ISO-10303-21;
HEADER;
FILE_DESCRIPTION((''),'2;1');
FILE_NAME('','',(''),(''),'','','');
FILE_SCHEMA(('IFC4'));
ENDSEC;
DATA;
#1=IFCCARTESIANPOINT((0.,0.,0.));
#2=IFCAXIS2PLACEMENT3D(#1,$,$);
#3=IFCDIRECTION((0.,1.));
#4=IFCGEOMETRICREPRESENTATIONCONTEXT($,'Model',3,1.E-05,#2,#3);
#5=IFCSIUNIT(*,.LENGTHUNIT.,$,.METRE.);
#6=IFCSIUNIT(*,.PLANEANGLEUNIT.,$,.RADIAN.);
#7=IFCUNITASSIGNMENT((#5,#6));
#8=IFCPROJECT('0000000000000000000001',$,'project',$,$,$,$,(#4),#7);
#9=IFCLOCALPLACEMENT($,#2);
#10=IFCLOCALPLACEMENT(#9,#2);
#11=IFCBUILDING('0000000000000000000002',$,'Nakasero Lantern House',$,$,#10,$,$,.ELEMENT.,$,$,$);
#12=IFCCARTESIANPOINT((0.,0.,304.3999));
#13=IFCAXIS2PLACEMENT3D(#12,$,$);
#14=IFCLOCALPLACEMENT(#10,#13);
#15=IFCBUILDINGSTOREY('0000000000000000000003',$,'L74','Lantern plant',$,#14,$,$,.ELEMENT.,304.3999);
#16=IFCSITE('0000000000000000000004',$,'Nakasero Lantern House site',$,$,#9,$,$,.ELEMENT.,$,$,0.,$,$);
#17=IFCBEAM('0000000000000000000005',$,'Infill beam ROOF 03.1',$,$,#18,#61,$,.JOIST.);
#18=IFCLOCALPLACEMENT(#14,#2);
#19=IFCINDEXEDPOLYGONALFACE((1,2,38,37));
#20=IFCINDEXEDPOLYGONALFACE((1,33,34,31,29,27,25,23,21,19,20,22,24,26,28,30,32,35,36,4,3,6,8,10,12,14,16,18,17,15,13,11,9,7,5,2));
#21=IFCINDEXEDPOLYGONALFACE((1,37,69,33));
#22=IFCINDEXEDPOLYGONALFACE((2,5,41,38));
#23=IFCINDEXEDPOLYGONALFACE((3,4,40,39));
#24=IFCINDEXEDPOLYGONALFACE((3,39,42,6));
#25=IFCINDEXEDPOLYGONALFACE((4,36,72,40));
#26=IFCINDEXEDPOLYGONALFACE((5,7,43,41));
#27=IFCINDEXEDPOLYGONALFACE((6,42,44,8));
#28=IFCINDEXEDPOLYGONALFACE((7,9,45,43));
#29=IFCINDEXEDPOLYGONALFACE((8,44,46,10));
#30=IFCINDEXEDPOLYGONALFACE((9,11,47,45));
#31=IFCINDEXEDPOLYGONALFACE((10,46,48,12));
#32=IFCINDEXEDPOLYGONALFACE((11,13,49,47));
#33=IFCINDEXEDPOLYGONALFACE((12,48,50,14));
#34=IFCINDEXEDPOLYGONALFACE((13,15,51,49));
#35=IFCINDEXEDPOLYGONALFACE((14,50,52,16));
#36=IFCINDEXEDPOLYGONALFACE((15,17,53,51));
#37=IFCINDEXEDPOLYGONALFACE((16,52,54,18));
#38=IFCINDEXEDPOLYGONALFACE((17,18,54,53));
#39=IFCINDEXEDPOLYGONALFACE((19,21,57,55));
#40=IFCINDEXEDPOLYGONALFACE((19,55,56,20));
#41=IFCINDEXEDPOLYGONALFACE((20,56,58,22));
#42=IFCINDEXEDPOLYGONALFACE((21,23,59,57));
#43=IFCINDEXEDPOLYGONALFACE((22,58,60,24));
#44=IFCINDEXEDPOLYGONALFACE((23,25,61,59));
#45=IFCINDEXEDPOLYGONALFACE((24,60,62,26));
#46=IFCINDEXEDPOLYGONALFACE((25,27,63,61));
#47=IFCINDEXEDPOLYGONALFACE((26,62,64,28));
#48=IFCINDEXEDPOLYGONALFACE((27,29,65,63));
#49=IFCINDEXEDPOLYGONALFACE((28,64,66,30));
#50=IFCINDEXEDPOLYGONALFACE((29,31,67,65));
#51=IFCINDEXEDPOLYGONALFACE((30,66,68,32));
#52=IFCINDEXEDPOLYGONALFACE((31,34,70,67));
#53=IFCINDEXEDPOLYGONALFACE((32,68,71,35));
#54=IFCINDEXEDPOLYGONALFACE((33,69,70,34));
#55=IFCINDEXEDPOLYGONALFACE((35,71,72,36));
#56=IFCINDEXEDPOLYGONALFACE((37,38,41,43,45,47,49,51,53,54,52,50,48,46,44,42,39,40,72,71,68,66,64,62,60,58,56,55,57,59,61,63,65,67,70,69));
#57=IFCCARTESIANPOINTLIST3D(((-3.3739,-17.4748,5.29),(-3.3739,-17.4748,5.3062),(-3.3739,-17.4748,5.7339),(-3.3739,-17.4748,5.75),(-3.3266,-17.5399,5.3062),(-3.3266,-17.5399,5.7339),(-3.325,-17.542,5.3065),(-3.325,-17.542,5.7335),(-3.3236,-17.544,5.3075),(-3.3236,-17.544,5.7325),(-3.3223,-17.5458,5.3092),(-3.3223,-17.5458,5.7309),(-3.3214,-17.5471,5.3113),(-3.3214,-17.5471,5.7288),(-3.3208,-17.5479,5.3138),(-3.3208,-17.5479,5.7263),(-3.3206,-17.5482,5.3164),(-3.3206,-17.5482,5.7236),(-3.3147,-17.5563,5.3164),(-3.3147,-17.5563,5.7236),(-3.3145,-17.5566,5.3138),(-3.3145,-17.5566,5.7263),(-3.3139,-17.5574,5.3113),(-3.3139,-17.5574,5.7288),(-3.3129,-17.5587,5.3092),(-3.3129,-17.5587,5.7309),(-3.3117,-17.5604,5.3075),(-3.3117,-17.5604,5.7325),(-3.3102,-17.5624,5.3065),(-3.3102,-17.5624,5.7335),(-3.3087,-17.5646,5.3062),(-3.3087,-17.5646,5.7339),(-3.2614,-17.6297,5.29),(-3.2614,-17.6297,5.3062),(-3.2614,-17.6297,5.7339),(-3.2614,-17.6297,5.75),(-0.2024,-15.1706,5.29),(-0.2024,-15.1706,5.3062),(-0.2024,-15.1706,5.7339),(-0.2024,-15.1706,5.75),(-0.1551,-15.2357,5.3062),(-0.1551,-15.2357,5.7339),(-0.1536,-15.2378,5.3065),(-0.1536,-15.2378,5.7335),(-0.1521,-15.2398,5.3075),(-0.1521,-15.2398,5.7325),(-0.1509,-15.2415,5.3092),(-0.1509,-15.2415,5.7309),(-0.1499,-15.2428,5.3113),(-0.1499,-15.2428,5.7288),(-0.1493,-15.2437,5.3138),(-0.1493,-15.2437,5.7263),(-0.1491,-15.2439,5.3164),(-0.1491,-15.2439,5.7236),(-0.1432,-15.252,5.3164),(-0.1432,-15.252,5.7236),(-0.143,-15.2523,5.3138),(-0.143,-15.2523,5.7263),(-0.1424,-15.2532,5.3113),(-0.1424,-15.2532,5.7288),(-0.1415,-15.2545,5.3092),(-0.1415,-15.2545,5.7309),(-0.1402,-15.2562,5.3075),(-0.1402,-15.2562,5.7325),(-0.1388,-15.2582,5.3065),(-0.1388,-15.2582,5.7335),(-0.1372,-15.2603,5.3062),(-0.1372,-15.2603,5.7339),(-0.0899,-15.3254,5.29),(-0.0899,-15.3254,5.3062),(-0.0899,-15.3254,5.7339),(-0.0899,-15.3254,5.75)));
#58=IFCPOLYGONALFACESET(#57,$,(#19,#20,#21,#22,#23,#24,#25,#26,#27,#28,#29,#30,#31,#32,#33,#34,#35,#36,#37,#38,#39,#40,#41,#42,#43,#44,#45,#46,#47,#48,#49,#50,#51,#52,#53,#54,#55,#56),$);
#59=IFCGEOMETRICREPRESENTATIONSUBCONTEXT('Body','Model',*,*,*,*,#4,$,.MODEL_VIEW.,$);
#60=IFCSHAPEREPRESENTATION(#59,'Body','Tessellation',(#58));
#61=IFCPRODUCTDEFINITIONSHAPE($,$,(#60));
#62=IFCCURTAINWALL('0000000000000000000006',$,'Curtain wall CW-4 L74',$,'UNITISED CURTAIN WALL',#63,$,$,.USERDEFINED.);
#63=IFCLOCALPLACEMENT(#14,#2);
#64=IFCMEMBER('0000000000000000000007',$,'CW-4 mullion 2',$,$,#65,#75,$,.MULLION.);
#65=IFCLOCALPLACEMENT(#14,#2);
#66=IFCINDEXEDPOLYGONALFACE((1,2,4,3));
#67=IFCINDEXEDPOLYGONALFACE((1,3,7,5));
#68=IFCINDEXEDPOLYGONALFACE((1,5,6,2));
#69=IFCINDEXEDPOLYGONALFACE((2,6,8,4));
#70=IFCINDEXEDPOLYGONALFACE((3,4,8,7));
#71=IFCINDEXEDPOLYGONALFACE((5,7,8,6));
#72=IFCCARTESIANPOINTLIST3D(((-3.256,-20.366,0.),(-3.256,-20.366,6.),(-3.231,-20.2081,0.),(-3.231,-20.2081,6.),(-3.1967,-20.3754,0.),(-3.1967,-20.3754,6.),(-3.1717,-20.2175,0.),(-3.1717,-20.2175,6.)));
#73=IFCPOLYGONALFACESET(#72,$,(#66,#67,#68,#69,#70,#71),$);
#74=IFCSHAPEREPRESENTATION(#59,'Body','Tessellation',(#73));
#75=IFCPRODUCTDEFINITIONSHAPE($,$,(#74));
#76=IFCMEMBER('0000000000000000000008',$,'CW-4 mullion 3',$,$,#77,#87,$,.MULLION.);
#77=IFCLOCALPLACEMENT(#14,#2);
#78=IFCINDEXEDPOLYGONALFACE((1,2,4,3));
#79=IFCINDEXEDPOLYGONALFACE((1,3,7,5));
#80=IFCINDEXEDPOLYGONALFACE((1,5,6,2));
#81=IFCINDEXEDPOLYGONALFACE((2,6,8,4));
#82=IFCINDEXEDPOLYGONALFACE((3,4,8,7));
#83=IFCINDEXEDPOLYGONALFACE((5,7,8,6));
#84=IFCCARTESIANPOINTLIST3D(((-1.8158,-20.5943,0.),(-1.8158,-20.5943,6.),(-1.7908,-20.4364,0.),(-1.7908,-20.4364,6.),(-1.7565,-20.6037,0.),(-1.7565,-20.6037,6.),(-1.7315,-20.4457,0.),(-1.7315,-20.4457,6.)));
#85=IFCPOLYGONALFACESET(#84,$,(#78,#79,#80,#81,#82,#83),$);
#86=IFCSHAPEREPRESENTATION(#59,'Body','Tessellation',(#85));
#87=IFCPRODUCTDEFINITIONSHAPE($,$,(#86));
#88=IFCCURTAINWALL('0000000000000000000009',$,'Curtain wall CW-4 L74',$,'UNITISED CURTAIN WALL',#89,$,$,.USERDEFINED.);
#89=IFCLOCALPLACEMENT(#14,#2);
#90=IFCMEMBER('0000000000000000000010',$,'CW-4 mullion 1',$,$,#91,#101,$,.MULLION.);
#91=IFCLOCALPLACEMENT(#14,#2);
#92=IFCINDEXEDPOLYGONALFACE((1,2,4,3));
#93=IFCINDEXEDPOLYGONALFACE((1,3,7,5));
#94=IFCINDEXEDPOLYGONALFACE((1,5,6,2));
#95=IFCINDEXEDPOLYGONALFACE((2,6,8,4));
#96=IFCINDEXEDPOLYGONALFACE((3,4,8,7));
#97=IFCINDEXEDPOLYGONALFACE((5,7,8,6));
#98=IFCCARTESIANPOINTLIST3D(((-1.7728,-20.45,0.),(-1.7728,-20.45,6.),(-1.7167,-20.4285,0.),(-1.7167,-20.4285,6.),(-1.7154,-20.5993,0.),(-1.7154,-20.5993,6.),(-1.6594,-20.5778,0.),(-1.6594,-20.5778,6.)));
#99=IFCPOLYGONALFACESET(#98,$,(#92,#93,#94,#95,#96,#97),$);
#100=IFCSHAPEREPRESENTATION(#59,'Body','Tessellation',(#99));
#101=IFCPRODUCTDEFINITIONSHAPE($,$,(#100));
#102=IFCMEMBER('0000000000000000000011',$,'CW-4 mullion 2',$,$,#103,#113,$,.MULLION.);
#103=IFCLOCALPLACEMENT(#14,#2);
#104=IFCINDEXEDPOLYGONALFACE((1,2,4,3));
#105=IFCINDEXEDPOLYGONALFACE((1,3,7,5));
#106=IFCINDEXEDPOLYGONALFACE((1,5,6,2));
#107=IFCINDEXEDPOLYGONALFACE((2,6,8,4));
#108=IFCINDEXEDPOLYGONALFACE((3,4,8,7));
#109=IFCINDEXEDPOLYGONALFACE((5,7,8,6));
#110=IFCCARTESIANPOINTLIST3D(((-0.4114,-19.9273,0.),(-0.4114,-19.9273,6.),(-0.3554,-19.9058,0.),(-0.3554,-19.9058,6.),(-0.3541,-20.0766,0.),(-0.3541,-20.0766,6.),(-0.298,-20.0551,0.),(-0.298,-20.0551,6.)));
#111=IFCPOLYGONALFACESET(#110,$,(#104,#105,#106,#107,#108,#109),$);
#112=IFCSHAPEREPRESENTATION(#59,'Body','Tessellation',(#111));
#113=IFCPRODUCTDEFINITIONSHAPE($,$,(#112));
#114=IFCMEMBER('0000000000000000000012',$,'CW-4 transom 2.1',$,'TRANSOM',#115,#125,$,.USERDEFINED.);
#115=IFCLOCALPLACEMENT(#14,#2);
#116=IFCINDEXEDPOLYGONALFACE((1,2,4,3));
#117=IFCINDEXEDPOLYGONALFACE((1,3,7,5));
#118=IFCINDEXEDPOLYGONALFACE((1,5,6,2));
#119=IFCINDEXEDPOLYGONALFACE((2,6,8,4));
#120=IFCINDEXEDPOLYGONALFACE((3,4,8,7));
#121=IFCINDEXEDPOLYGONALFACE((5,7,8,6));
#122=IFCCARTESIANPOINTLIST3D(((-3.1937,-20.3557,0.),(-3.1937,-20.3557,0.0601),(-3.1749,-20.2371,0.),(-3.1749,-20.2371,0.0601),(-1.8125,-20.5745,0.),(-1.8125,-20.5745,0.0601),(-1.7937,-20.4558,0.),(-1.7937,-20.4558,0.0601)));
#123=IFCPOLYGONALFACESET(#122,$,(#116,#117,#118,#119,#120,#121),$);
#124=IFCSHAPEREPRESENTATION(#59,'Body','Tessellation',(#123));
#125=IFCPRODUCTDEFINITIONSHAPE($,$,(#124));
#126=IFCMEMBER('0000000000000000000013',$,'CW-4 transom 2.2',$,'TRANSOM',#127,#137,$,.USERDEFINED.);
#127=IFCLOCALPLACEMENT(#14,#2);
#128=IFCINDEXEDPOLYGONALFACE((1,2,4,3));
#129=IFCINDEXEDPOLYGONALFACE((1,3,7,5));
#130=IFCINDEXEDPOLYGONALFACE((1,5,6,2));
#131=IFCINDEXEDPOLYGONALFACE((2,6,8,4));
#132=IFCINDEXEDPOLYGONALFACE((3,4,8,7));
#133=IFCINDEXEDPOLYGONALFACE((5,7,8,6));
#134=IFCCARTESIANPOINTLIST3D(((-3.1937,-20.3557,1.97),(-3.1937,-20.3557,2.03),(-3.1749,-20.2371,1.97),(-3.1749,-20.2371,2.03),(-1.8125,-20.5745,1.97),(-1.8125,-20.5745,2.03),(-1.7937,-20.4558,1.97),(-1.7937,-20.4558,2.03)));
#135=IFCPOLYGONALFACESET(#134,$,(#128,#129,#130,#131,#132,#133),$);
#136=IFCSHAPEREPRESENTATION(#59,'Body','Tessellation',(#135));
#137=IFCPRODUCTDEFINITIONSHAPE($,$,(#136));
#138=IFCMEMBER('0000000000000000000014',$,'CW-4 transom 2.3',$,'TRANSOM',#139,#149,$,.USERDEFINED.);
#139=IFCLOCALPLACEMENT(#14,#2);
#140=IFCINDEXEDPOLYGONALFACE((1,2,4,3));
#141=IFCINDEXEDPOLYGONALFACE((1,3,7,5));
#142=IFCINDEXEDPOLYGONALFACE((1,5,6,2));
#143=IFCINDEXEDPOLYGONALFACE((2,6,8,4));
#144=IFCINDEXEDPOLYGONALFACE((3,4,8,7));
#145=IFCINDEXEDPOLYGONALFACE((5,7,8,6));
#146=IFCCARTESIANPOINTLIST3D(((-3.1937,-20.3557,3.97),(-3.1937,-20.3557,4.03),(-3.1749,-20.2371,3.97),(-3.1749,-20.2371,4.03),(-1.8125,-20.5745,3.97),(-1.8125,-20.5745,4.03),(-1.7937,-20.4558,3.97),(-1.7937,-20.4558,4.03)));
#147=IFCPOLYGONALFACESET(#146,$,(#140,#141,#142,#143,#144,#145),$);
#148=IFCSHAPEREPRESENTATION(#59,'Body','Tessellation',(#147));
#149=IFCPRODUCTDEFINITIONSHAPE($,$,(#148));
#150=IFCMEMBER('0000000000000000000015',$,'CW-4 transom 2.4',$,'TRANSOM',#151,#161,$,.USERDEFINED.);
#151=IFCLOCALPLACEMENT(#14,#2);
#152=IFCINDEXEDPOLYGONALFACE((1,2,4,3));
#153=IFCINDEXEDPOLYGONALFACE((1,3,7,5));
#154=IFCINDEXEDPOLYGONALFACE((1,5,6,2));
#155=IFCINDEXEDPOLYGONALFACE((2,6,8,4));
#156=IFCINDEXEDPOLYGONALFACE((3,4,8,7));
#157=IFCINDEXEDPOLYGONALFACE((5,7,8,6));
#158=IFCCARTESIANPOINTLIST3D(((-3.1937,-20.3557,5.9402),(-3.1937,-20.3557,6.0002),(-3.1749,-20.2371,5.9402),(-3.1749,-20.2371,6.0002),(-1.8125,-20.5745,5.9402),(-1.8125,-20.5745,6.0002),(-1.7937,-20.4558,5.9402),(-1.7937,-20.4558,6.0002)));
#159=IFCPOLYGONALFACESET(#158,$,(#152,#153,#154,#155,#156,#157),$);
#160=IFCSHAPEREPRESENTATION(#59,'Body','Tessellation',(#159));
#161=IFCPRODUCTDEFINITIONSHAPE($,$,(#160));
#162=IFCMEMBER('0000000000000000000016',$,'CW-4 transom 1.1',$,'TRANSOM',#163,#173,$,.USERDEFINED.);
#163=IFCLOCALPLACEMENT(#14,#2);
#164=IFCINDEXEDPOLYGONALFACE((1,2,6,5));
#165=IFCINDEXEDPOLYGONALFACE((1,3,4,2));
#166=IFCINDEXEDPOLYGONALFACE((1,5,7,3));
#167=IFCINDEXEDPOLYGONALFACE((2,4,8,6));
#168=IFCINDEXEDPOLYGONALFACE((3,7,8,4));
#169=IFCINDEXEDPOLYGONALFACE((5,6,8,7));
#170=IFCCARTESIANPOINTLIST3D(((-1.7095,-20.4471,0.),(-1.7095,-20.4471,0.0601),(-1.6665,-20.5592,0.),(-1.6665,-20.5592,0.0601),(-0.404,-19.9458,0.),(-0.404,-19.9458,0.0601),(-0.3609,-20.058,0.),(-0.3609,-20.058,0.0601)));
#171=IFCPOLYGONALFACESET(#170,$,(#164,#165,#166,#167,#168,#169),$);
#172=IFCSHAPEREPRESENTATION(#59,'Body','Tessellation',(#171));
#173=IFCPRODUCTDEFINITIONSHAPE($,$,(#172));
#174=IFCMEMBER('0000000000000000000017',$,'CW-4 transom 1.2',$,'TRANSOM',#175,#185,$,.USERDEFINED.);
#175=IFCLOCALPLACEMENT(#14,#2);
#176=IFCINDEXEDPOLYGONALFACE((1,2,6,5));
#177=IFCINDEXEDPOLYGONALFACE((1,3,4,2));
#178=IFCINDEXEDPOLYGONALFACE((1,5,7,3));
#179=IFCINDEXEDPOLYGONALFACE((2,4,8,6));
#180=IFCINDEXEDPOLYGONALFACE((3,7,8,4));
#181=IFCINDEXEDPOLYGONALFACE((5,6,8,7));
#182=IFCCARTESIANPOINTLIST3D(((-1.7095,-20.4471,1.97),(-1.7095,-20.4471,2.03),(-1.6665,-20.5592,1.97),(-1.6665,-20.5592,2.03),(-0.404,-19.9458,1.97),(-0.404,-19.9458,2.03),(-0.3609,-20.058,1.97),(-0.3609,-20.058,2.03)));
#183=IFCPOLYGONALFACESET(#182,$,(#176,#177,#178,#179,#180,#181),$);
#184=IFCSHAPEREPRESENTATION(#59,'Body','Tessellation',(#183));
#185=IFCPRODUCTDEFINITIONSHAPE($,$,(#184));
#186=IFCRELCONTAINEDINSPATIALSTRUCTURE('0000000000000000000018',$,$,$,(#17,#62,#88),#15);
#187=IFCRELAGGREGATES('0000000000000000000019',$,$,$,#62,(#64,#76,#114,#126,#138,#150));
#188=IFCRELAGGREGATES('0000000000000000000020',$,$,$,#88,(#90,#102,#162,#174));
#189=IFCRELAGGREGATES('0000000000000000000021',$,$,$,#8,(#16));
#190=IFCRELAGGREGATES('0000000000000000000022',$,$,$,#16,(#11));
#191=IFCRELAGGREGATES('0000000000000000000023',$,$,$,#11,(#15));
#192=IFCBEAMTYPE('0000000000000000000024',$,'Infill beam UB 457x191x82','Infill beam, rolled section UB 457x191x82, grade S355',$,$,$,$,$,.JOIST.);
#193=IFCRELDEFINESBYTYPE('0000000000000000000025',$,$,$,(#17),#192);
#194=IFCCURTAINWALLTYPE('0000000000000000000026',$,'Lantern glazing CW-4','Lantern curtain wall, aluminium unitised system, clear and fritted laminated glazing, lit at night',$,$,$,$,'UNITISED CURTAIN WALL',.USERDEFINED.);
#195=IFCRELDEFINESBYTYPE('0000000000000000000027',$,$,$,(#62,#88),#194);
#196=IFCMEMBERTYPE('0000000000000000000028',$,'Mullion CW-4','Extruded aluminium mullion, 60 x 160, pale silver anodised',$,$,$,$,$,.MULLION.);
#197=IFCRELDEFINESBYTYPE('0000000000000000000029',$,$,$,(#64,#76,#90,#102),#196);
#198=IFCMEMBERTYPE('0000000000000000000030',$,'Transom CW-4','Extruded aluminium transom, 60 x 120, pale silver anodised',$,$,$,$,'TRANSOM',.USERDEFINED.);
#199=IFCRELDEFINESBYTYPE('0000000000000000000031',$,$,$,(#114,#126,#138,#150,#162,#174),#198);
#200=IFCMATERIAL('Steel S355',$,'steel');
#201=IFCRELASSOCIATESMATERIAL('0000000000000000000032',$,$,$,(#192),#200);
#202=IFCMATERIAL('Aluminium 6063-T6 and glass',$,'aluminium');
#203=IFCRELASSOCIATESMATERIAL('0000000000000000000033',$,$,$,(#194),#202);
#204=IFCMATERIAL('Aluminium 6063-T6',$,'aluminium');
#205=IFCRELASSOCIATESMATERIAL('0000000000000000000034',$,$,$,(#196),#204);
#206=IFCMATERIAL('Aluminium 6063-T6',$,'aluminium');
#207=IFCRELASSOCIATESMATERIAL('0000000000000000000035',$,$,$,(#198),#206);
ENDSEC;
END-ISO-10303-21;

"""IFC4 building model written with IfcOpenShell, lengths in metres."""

from ifc_helpers import new_model, si_unit, direction, frame, origin, origin_2d, place, context, subcontext, project, spatial, rectangle, i_section, extrude, material, material_profile, profile_set, type_object, element, aggregate, save


model = new_model("IFC4")

# Units and contexts
model_context = context("Model", 3, precision=1e-05, world=origin(), true_north=direction((0.0, 1.0)))
body_context = subcontext(model_context, "Body", "Model", "MODEL_VIEW")
ifc_project = project(units=[si_unit("LENGTHUNIT", "METRE"), si_unit("PLANEANGLEUNIT", "RADIAN")], contexts=[model_context])

# Site, building, storey
site_placement = place(None, origin())
site = spatial("IfcSite", under=ifc_project, at=site_placement, Name="Nakasero Lantern House site", CompositionType="ELEMENT", RefElevation=0.0)
building_placement = place(site_placement, origin())
building = spatial("IfcBuilding", under=site, at=building_placement, Name="Nakasero Lantern House", CompositionType="ELEMENT")
storey_placement = place(building_placement, frame((0.0, 0.0, 304.3999)))
storey = spatial("IfcBuildingStorey", under=building, at=storey_placement, Name="L74", Description="Lantern plant", CompositionType="ELEMENT", Elevation=304.3999)

# Beam
ifc_material_1 = material(Name="Steel S355", Category="steel")
ifc_material_profile_1 = material_profile(ifc_material_1, i_section(OverallWidth=0.1914, OverallDepth=0.46, WebThickness=0.01, FlangeThickness=0.0161, FilletRadius=0.0103, at=origin_2d()), Name="UB 457x191x82")
ifc_profile_set_1 = profile_set([ifc_material_profile_1], Name="Steel S355")
beam_type = type_object("IfcBeamType", Name="Infill beam UB 457x191x82", Description="Infill beam, rolled section UB 457x191x82, grade S355", PredefinedType="JOIST", material=ifc_profile_set_1)
beam_placement = place(storey_placement, frame((-3.3176, -17.5522, 5.52), z_axis=(0.809011, 0.587794, 0.0), x_axis=(-0.587794, 0.809011, 0.0)))
element("IfcBeam", 1, at=beam_placement, inside=storey, type_object=beam_type, Name="Infill beam ROOF 03.1", PredefinedType="JOIST", context=body_context, shape_type="SweptSolid", body=[
    extrude(i_section(OverallWidth=0.1914, OverallDepth=0.46, WebThickness=0.01, FlangeThickness=0.0161, FilletRadius=0.0103, at=origin_2d()), origin(), (0.0, 0.0, 1.0), 3.9202),
])

# Curtain walls, members
ifc_material_2 = material(Name="Aluminium 6063-T6 and glass", Category="aluminium")
curtain_wall_type = type_object("IfcCurtainWallType", Name="Lantern glazing CW-4", Description="Lantern curtain wall, aluminium unitised system, clear and fritted laminated glazing, lit at night", ElementType="UNITISED CURTAIN WALL", PredefinedType="USERDEFINED", material=ifc_material_2)
curtain_wall_1_placement = place(storey_placement, origin())
curtain_wall_1 = element("IfcCurtainWall", 2, at=curtain_wall_1_placement, inside=storey, type_object=curtain_wall_type, Name="Curtain wall CW-4 L74", ObjectType="UNITISED CURTAIN WALL", PredefinedType="USERDEFINED")
ifc_material_3 = material(Name="Aluminium 6063-T6", Category="aluminium")
ifc_material_profile_2 = material_profile(ifc_material_3, rectangle(XDim=0.0601, YDim=0.1599, at=origin_2d()), Name="CW-4 mullion 60x160")
ifc_profile_set_2 = profile_set([ifc_material_profile_2], Name="Aluminium 6063-T6")
member_type_1 = type_object("IfcMemberType", Name="Mullion CW-4", Description="Extruded aluminium mullion, 60 x 160, pale silver anodised", PredefinedType="MULLION", material=ifc_profile_set_2)
member_1_placement = place(storey_placement, frame((-3.2139, -20.2917, 0.0), z_axis=(0.0, 0.0, 1.0), x_axis=(0.987688, -0.156434, 0.0)))
member_1 = element("IfcMember", 3, at=member_1_placement, type_object=member_type_1, Name="CW-4 mullion 2", PredefinedType="MULLION", context=body_context, shape_type="SweptSolid", body=[
    extrude(rectangle(XDim=0.0601, YDim=0.1599, at=origin_2d()), origin(), (0.0, 0.0, 1.0), 6.0),
])
member_2_placement = place(storey_placement, frame((-1.7737, -20.52, 0.0), z_axis=(0.0, 0.0, 1.0), x_axis=(0.987688, -0.156434, 0.0)))
member_2 = element("IfcMember", 4, at=member_2_placement, type_object=member_type_1, Name="CW-4 mullion 3", PredefinedType="MULLION", context=body_context, shape_type="SweptSolid", body=[
    extrude(rectangle(XDim=0.0601, YDim=0.1599, at=origin_2d()), origin(), (0.0, 0.0, 1.0), 6.0),
])
curtain_wall_2_placement = place(storey_placement, origin())
curtain_wall_2 = element("IfcCurtainWall", 5, at=curtain_wall_2_placement, inside=storey, type_object=curtain_wall_type, Name="Curtain wall CW-4 L74", ObjectType="UNITISED CURTAIN WALL", PredefinedType="USERDEFINED")
member_3_placement = place(storey_placement, frame((-1.7161, -20.5139, 0.0), z_axis=(0.0, 0.0, 1.0), x_axis=(0.93358, 0.358368, 0.0)))
member_3 = element("IfcMember", 6, at=member_3_placement, type_object=member_type_1, Name="CW-4 mullion 1", PredefinedType="MULLION", context=body_context, shape_type="SweptSolid", body=[
    extrude(rectangle(XDim=0.0601, YDim=0.1599, at=origin_2d()), origin(), (0.0, 0.0, 1.0), 6.0),
])
member_4_placement = place(storey_placement, frame((-0.3547, -19.9912, 0.0), z_axis=(0.0, 0.0, 1.0), x_axis=(0.93358, 0.358368, 0.0)))
member_4 = element("IfcMember", 7, at=member_4_placement, type_object=member_type_1, Name="CW-4 mullion 2", PredefinedType="MULLION", context=body_context, shape_type="SweptSolid", body=[
    extrude(rectangle(XDim=0.0601, YDim=0.1599, at=origin_2d()), origin(), (0.0, 0.0, 1.0), 6.0),
])

# Members
ifc_material_4 = material(Name="Aluminium 6063-T6", Category="aluminium")
ifc_material_profile_3 = material_profile(ifc_material_4, rectangle(XDim=0.0601, YDim=0.1201, at=origin_2d()), Name="CW-4 transom 60x120")
ifc_profile_set_3 = profile_set([ifc_material_profile_3], Name="Aluminium 6063-T6")
member_type_2 = type_object("IfcMemberType", Name="Transom CW-4", Description="Extruded aluminium transom, 60 x 120, pale silver anodised", ElementType="TRANSOM", PredefinedType="USERDEFINED", material=ifc_profile_set_3)
member_5_placement = place(storey_placement, frame((-3.1843, -20.2964, 0.03), z_axis=(0.987688, -0.156438, 0.0), x_axis=(0.0, 0.0, 1.0)))
member_5 = element("IfcMember", 8, at=member_5_placement, type_object=member_type_2, Name="CW-4 transom 2.1", ObjectType="TRANSOM", PredefinedType="USERDEFINED", context=body_context, shape_type="SweptSolid", body=[
    extrude(rectangle(XDim=0.0601, YDim=0.1201, at=origin_2d()), origin(), (0.0, 0.0, 1.0), 1.3984),
])
member_6_placement = place(storey_placement, frame((-3.1843, -20.2964, 2.0), z_axis=(0.987688, -0.156438, 0.0), x_axis=(0.0, 0.0, 1.0)))
member_6 = element("IfcMember", 9, at=member_6_placement, type_object=member_type_2, Name="CW-4 transom 2.2", ObjectType="TRANSOM", PredefinedType="USERDEFINED", context=body_context, shape_type="SweptSolid", body=[
    extrude(rectangle(XDim=0.0601, YDim=0.1201, at=origin_2d()), origin(), (0.0, 0.0, 1.0), 1.3984),
])
member_7_placement = place(storey_placement, frame((-3.1843, -20.2964, 4.0), z_axis=(0.987688, -0.156438, 0.0), x_axis=(0.0, 0.0, 1.0)))
member_7 = element("IfcMember", 10, at=member_7_placement, type_object=member_type_2, Name="CW-4 transom 2.3", ObjectType="TRANSOM", PredefinedType="USERDEFINED", context=body_context, shape_type="SweptSolid", body=[
    extrude(rectangle(XDim=0.0601, YDim=0.1201, at=origin_2d()), origin(), (0.0, 0.0, 1.0), 1.3984),
])
member_8_placement = place(storey_placement, frame((-3.1843, -20.2964, 5.9702), z_axis=(0.987688, -0.156438, 0.0), x_axis=(0.0, 0.0, 1.0)))
member_8 = element("IfcMember", 11, at=member_8_placement, type_object=member_type_2, Name="CW-4 transom 2.4", ObjectType="TRANSOM", PredefinedType="USERDEFINED", context=body_context, shape_type="SweptSolid", body=[
    extrude(rectangle(XDim=0.0601, YDim=0.1201, at=origin_2d()), origin(), (0.0, 0.0, 1.0), 1.3984),
])
member_9_placement = place(storey_placement, frame((-1.688, -20.5032, 0.03), z_axis=(0.933552, 0.358441, 0.0), x_axis=(0.0, 0.0, 1.0)))
member_9 = element("IfcMember", 12, at=member_9_placement, type_object=member_type_2, Name="CW-4 transom 1.1", ObjectType="TRANSOM", PredefinedType="USERDEFINED", context=body_context, shape_type="SweptSolid", body=[
    extrude(rectangle(XDim=0.0601, YDim=0.1201, at=origin_2d()), origin(), (0.0, 0.0, 1.0), 1.3984),
])
member_10_placement = place(storey_placement, frame((-1.688, -20.5032, 2.0), z_axis=(0.933552, 0.358441, 0.0), x_axis=(0.0, 0.0, 1.0)))
member_10 = element("IfcMember", 13, at=member_10_placement, type_object=member_type_2, Name="CW-4 transom 1.2", ObjectType="TRANSOM", PredefinedType="USERDEFINED", context=body_context, shape_type="SweptSolid", body=[
    extrude(rectangle(XDim=0.0601, YDim=0.1201, at=origin_2d()), origin(), (0.0, 0.0, 1.0), 1.3984),
])

aggregate(curtain_wall_1, [member_1, member_2, member_5, member_6, member_7, member_8])
aggregate(curtain_wall_2, [member_3, member_4, member_9, member_10])

save(model, "model.ifc")
